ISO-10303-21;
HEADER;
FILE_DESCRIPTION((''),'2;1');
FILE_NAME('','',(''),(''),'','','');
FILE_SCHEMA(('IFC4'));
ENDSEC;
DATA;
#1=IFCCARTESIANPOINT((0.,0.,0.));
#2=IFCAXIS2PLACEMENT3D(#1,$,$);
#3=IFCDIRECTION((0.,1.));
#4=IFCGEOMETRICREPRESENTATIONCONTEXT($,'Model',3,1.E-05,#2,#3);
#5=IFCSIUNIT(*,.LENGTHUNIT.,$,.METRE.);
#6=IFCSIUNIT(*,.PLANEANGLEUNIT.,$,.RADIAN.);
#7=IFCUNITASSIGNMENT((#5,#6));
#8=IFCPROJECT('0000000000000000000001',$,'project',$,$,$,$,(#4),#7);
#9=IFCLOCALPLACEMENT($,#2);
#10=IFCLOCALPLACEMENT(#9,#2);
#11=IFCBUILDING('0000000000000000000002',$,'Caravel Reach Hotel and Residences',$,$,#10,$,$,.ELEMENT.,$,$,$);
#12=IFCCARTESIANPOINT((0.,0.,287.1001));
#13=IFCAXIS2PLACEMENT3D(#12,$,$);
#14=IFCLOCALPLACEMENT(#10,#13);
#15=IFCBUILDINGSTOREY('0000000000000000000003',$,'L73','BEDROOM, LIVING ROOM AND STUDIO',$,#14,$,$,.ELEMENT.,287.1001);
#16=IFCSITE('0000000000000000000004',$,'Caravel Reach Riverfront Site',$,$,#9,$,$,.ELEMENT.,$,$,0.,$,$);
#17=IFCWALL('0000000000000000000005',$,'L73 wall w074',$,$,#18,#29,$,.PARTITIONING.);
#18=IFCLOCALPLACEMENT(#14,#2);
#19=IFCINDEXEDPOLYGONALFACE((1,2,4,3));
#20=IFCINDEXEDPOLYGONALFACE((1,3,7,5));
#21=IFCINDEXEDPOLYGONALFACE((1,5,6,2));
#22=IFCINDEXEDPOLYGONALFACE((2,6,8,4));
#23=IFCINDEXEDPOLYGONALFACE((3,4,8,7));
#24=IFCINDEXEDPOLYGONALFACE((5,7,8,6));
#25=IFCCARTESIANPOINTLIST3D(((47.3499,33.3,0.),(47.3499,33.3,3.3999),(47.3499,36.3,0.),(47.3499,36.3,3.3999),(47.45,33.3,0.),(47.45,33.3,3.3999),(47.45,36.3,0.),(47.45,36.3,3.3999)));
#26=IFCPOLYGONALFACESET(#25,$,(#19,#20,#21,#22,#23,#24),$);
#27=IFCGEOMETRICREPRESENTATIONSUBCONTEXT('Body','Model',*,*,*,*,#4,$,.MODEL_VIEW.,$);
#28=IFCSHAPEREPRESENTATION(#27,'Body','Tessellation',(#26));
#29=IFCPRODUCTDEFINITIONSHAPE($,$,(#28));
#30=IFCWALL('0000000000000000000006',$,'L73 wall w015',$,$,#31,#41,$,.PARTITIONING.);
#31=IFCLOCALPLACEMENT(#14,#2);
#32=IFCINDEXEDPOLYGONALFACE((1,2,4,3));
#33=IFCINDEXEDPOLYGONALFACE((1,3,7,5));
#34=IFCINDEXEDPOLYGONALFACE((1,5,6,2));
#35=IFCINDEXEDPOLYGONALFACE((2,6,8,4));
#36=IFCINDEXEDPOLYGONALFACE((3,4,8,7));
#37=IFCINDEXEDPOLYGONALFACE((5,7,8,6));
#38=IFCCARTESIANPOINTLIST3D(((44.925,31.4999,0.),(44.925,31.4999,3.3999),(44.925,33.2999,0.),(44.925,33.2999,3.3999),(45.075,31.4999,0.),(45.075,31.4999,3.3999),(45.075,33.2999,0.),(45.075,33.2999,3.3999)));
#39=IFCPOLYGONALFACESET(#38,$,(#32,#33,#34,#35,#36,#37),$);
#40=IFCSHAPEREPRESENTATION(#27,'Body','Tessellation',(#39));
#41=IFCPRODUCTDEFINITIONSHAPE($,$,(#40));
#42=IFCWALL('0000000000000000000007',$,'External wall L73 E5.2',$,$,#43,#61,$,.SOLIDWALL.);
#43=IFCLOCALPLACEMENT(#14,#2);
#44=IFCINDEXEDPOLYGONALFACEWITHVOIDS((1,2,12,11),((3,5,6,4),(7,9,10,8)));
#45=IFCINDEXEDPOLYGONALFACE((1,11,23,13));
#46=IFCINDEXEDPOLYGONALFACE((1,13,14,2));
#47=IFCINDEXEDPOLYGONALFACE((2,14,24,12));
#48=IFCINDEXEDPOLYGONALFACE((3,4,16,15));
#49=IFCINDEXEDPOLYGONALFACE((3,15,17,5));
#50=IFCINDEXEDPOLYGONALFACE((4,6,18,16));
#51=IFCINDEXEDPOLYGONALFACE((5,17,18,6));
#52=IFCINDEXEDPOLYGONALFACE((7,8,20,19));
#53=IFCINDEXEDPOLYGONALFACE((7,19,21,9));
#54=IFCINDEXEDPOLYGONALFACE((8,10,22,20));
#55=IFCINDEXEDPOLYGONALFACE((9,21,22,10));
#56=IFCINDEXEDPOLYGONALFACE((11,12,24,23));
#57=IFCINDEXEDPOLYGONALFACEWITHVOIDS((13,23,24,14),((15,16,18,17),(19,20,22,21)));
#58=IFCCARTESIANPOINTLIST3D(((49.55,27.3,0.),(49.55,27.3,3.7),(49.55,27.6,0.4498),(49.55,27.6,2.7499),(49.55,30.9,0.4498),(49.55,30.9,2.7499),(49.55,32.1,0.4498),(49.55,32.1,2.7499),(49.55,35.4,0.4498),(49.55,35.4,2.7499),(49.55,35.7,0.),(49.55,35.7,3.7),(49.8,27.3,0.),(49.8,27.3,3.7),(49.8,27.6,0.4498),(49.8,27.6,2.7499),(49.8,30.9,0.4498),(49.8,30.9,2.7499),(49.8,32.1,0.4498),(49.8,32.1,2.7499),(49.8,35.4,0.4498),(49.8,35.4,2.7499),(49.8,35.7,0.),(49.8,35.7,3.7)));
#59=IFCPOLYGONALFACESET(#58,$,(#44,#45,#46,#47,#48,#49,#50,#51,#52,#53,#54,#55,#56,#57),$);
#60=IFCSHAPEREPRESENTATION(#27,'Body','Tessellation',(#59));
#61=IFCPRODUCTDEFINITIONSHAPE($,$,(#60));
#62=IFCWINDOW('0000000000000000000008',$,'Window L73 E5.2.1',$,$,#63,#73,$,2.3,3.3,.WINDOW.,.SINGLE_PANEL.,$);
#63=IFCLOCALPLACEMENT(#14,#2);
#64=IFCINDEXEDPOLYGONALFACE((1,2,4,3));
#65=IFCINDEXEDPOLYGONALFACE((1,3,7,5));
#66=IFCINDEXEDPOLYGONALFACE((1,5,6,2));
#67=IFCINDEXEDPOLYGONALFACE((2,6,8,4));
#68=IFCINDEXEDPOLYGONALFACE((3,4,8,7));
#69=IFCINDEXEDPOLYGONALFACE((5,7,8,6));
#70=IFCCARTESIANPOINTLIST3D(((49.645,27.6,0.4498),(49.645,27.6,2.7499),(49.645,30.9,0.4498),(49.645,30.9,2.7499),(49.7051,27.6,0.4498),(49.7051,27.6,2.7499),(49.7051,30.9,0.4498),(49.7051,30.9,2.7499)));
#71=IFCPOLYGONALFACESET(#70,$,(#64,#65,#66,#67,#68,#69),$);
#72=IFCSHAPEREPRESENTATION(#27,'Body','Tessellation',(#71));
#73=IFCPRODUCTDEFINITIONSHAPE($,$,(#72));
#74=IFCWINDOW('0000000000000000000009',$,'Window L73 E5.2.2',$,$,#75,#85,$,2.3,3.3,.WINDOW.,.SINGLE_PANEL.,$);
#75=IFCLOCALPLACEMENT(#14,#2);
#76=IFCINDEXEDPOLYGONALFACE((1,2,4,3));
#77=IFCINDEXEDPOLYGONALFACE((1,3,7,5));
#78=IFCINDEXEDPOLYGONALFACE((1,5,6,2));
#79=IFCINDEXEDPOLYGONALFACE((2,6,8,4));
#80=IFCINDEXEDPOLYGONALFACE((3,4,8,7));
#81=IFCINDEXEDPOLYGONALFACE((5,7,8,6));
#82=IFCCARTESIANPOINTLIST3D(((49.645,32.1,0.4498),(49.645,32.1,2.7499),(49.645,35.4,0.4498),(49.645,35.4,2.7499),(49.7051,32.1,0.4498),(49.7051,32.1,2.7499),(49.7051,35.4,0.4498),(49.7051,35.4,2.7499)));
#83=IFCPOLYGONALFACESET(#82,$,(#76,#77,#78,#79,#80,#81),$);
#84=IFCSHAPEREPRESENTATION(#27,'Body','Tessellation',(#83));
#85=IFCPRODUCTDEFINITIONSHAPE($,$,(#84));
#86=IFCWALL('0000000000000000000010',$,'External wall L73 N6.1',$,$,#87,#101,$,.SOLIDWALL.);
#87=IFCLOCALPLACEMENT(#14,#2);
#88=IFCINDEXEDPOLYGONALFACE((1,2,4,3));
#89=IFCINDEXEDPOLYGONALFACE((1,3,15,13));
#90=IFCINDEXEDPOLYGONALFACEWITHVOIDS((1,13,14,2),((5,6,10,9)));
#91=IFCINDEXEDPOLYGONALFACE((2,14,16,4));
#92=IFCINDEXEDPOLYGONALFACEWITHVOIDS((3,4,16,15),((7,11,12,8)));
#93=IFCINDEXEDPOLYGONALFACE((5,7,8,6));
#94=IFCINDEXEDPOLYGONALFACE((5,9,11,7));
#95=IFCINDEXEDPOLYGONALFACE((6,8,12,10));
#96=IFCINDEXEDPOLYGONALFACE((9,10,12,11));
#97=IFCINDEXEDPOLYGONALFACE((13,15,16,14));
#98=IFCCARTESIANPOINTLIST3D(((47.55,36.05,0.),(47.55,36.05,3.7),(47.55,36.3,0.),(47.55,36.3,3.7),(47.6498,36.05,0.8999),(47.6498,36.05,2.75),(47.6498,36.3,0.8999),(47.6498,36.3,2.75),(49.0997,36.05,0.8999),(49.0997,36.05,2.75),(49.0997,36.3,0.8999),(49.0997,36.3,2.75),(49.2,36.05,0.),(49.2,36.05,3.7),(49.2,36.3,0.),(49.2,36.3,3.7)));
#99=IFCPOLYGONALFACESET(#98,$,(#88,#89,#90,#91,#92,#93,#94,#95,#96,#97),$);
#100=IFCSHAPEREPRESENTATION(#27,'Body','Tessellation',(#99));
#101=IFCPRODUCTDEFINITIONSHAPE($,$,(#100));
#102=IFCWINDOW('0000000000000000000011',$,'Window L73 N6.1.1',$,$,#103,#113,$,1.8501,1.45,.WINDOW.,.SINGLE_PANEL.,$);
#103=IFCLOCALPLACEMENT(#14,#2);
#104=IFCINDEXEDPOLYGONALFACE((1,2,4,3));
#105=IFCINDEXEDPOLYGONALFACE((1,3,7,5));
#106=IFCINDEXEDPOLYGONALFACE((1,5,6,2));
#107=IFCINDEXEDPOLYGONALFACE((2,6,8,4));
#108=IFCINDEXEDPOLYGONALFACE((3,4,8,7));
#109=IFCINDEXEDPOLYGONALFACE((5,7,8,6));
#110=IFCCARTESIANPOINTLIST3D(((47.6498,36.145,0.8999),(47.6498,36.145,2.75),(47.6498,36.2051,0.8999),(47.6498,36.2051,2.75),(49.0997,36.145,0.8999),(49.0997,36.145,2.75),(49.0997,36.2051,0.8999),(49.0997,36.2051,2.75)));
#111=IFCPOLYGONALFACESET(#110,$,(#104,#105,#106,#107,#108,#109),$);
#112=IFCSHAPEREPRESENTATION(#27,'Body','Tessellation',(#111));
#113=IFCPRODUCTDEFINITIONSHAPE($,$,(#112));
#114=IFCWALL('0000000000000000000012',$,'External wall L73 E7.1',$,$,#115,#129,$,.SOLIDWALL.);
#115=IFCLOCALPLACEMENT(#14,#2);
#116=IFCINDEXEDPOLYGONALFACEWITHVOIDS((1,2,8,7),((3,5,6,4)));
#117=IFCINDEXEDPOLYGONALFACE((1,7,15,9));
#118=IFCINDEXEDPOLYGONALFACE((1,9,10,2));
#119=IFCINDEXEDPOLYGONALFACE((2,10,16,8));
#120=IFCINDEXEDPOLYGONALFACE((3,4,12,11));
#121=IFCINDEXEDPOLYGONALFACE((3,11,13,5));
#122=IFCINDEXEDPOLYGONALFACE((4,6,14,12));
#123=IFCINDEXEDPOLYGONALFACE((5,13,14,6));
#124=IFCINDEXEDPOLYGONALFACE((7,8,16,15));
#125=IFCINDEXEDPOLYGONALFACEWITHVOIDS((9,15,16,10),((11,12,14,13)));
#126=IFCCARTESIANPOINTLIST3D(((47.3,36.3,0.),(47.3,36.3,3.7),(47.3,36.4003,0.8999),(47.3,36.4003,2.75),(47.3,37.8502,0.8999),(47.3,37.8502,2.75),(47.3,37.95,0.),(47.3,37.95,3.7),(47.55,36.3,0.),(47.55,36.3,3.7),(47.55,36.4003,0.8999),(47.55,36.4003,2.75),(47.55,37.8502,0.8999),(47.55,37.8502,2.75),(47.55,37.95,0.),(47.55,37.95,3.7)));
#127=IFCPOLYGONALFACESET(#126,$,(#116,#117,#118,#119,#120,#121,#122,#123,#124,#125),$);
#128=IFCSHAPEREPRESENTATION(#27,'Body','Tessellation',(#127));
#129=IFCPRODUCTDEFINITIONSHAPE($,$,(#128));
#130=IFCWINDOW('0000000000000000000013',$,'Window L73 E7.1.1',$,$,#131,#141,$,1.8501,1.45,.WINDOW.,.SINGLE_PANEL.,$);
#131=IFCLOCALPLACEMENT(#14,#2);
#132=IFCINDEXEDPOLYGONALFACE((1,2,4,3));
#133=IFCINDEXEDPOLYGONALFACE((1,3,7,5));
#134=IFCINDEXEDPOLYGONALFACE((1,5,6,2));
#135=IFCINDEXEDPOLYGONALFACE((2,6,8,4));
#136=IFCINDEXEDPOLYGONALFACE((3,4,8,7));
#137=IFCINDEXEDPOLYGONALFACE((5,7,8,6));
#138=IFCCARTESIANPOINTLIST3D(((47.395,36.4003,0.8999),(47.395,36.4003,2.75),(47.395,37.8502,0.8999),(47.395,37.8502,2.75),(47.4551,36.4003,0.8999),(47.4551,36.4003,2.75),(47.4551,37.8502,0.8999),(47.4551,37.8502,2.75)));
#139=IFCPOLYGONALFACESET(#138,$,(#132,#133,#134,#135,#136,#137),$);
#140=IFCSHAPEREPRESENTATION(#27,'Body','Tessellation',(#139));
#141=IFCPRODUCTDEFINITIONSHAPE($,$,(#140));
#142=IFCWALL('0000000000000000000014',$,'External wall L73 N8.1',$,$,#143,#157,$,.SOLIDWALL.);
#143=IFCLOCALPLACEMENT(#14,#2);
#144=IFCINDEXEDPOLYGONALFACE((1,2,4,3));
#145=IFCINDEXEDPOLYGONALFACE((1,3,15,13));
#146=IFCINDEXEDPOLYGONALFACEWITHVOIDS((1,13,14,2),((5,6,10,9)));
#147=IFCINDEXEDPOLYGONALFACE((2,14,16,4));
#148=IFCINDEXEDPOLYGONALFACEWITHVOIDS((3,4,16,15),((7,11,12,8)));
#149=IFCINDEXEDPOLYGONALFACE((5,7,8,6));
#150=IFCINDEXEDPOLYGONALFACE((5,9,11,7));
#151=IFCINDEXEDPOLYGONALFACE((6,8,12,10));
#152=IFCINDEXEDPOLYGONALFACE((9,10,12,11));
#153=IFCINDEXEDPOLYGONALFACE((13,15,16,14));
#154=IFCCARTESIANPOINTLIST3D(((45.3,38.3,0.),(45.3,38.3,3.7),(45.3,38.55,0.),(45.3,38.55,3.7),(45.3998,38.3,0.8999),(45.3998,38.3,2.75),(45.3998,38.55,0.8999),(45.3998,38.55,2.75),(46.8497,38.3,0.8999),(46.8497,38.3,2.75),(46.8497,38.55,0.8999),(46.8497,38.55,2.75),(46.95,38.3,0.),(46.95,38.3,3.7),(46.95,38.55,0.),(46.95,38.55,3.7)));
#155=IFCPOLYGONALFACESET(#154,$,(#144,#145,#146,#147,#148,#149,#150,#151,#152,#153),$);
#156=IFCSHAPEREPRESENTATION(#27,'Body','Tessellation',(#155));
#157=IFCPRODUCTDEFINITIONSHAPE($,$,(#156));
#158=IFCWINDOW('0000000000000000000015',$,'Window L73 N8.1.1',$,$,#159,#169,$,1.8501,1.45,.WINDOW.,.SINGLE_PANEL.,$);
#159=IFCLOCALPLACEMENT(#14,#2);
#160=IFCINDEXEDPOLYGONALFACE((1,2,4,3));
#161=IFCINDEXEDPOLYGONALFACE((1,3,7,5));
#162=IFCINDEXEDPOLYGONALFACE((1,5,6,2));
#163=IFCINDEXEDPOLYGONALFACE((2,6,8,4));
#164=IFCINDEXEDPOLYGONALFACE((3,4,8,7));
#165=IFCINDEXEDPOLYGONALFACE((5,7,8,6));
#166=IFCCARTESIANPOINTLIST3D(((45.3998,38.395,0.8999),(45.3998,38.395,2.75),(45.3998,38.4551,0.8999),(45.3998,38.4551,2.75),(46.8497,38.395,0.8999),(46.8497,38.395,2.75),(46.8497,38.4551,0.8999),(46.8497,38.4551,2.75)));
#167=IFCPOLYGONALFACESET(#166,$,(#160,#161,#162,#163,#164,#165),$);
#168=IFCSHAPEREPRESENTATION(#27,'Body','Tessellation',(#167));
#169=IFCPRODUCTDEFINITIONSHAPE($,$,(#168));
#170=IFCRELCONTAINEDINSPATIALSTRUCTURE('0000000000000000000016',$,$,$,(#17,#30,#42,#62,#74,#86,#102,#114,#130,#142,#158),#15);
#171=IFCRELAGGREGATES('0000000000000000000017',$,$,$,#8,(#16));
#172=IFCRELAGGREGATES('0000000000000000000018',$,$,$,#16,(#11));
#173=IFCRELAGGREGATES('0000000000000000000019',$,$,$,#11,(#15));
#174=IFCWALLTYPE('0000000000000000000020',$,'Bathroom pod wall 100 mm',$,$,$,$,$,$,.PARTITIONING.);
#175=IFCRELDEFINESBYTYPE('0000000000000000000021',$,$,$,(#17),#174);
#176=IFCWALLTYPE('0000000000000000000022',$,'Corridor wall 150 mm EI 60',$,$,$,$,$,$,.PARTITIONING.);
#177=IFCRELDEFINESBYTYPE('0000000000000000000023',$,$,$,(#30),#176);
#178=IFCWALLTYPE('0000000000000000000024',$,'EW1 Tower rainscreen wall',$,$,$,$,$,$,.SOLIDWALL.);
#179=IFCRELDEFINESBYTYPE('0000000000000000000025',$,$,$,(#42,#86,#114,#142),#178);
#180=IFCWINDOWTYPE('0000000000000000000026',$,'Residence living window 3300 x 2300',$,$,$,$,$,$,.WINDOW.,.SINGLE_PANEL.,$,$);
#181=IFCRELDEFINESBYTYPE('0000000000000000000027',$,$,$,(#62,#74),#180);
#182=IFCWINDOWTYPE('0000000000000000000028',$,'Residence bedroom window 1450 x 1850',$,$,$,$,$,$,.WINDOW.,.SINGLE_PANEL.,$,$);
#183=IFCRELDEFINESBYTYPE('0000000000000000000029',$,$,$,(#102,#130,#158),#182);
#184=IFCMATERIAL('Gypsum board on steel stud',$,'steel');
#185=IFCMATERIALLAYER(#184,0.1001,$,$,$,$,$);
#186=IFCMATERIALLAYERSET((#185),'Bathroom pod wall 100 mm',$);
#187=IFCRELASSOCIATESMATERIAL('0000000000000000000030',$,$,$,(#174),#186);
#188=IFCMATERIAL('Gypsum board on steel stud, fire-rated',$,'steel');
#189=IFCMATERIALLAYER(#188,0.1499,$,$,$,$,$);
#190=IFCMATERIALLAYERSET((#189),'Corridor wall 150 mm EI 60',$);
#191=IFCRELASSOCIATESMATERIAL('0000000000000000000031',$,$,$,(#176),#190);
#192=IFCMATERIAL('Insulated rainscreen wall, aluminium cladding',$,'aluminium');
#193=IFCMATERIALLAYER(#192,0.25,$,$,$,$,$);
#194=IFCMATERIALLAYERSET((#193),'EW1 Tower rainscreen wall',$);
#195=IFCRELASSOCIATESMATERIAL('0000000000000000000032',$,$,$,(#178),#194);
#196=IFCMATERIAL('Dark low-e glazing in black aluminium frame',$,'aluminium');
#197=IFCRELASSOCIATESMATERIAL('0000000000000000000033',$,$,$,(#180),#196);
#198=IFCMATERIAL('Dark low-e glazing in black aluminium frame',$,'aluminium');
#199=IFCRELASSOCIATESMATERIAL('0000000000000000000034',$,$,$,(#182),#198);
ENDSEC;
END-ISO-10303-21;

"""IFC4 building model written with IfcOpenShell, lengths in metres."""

from ifc_helpers import new_model, si_unit, direction, frame, frame_2d, origin, place, context, subcontext, project, spatial, rectangle, extrude, material, layer, layer_set, type_object, element, fill, save


model = new_model("IFC4")

# Units and contexts
model_context = context("Model", 3, precision=1e-05, world=origin(), true_north=direction((0.0, 1.0)))
body_context = subcontext(model_context, "Body", "Model", "MODEL_VIEW")
ifc_project = project(units=[si_unit("LENGTHUNIT", "METRE"), si_unit("PLANEANGLEUNIT", "RADIAN")], contexts=[model_context])

# Site, building, storey
site_placement = place(None, origin())
site = spatial("IfcSite", under=ifc_project, at=site_placement, Name="Caravel Reach Riverfront Site", CompositionType="ELEMENT", RefElevation=0.0)
building_placement = place(site_placement, origin())
building = spatial("IfcBuilding", under=site, at=building_placement, Name="Caravel Reach Hotel and Residences", CompositionType="ELEMENT")
storey_placement = place(building_placement, frame((0.0, 0.0, 287.1001)))
storey = spatial("IfcBuildingStorey", under=building, at=storey_placement, Name="L73", Description="BEDROOM, LIVING ROOM AND STUDIO", CompositionType="ELEMENT", Elevation=287.1001)

# Shared definitions
ifc_material_1 = material(Name="Gypsum board on steel stud", Category="steel")
ifc_layer_1 = layer(ifc_material_1, 0.1001)
ifc_layer_set_1 = layer_set([ifc_layer_1], Name="Bathroom pod wall 100 mm")
wall_type_1 = type_object("IfcWallType", Name="Bathroom pod wall 100 mm", PredefinedType="PARTITIONING", material=ifc_layer_set_1)

# Walls
wall_1_placement = place(storey_placement, frame((47.3999, 33.3, 0.0), z_axis=(0.0, 0.0, 1.0), x_axis=(0.0, 1.0, 0.0)))
element("IfcWall", 1, at=wall_1_placement, inside=storey, type_object=wall_type_1, Name="L73 wall w074", PredefinedType="PARTITIONING", context=body_context, shape_type="SweptSolid", body=[
    extrude(rectangle(XDim=3.0, YDim=0.1001, at=frame_2d((1.5, 0.0))), origin(), (0.0, 0.0, 1.0), 3.3999),
])
ifc_material_2 = material(Name="Gypsum board on steel stud, fire-rated", Category="steel")
ifc_layer_2 = layer(ifc_material_2, 0.1499)
ifc_layer_set_2 = layer_set([ifc_layer_2], Name="Corridor wall 150 mm EI 60")
wall_type_2 = type_object("IfcWallType", Name="Corridor wall 150 mm EI 60", PredefinedType="PARTITIONING", material=ifc_layer_set_2)
wall_2_placement = place(storey_placement, frame((45.0, 31.5, 0.0), z_axis=(0.0, 0.0, 1.0), x_axis=(0.0, 1.0, 0.0)))
element("IfcWall", 2, at=wall_2_placement, inside=storey, type_object=wall_type_2, Name="L73 wall w015", PredefinedType="PARTITIONING", context=body_context, shape_type="SweptSolid", body=[
    extrude(rectangle(XDim=1.8, YDim=0.1499, at=frame_2d((0.8999, 0.0))), origin(), (0.0, 0.0, 1.0), 3.3999),
])

# Wall, openings, windows
ifc_material_3 = material(Name="Insulated rainscreen wall, aluminium cladding", Category="aluminium")
ifc_layer_3 = layer(ifc_material_3, 0.25)
ifc_layer_set_3 = layer_set([ifc_layer_3], Name="EW1 Tower rainscreen wall")
wall_type_3 = type_object("IfcWallType", Name="EW1 Tower rainscreen wall", PredefinedType="SOLIDWALL", material=ifc_layer_set_3)
wall_3_placement = place(storey_placement, frame((49.675, 27.3, 0.0), z_axis=(0.0, 0.0, 1.0), x_axis=(0.0, 1.0, 0.0)))
wall_3 = element("IfcWall", 3, at=wall_3_placement, inside=storey, type_object=wall_type_3, Name="External wall L73 E5.2", PredefinedType="SOLIDWALL", context=body_context, shape_type="SweptSolid", body=[
    extrude(rectangle(XDim=8.3999, YDim=0.25, at=frame_2d((4.2, 0.0))), origin(), (0.0, 0.0, 1.0), 3.7),
])
opening_1_placement = place(wall_3_placement, frame((0.3, 0.0, 0.45)))
opening_1 = element("IfcOpeningElement", 4, at=opening_1_placement, cuts=wall_3, PredefinedType="OPENING", context=body_context, shape_type="SweptSolid", body=[
    extrude(rectangle(XDim=3.3, YDim=2.3, at=frame_2d((1.6499, 1.1499))), frame((0.0, 0.135, 0.0), z_axis=(0.0, -1.0, 0.0), x_axis=(1.0, 0.0, 0.0)), (0.0, 0.0, 1.0), 0.27),
])
opening_2_placement = place(wall_3_placement, frame((4.8, 0.0, 0.45)))
opening_2 = element("IfcOpeningElement", 5, at=opening_2_placement, cuts=wall_3, PredefinedType="OPENING", context=body_context, shape_type="SweptSolid", body=[
    extrude(rectangle(XDim=3.3, YDim=2.3, at=frame_2d((1.6499, 1.1499))), frame((0.0, 0.135, 0.0), z_axis=(0.0, -1.0, 0.0), x_axis=(1.0, 0.0, 0.0)), (0.0, 0.0, 1.0), 0.27),
])
ifc_material_4 = material(Name="Dark low-e glazing in black aluminium frame", Category="aluminium")
window_type_1 = type_object("IfcWindowType", Name="Residence living window 3300 x 2300", PartitioningType="SINGLE_PANEL", PredefinedType="WINDOW", material=ifc_material_4)
window_1_placement = place(opening_1_placement, origin())
window_1 = element("IfcWindow", 6, at=window_1_placement, inside=storey, type_object=window_type_1, Name="Window L73 E5.2.1", OverallHeight=2.3, OverallWidth=3.3, PartitioningType="SINGLE_PANEL", PredefinedType="WINDOW", context=body_context, shape_type="SweptSolid", body=[
    extrude(rectangle(XDim=3.3, YDim=2.3, at=frame_2d((1.6499, 1.1499))), frame((0.0, 0.03, 0.0), z_axis=(0.0, -1.0, 0.0), x_axis=(1.0, 0.0, 0.0)), (0.0, 0.0, 1.0), 0.0601),
])
fill(opening_1, window_1)
window_2_placement = place(opening_2_placement, origin())
window_2 = element("IfcWindow", 7, at=window_2_placement, inside=storey, type_object=window_type_1, Name="Window L73 E5.2.2", OverallHeight=2.3, OverallWidth=3.3, PartitioningType="SINGLE_PANEL", PredefinedType="WINDOW", context=body_context, shape_type="SweptSolid", body=[
    extrude(rectangle(XDim=3.3, YDim=2.3, at=frame_2d((1.6499, 1.1499))), frame((0.0, 0.03, 0.0), z_axis=(0.0, -1.0, 0.0), x_axis=(1.0, 0.0, 0.0)), (0.0, 0.0, 1.0), 0.0601),
])
fill(opening_2, window_2)

# Walls, openings, windows
wall_4_placement = place(storey_placement, frame((49.2, 36.175, 0.0), z_axis=(0.0, 0.0, 1.0), x_axis=(-1.0, 0.0, 0.0)))
wall_4 = element("IfcWall", 8, at=wall_4_placement, inside=storey, type_object=wall_type_3, Name="External wall L73 N6.1", PredefinedType="SOLIDWALL", context=body_context, shape_type="SweptSolid", body=[
    extrude(rectangle(XDim=1.6499, YDim=0.25, at=frame_2d((0.825, 0.0))), origin(), (0.0, 0.0, 1.0), 3.7),
])
opening_3_placement = place(wall_4_placement, frame((0.1001, 0.0, 0.8999)))
opening_3 = element("IfcOpeningElement", 9, at=opening_3_placement, cuts=wall_4, PredefinedType="OPENING", context=body_context, shape_type="SweptSolid", body=[
    extrude(rectangle(XDim=1.45, YDim=1.8501, at=frame_2d((0.7251, 0.925))), frame((0.0, 0.135, 0.0), z_axis=(0.0, -1.0, 0.0), x_axis=(1.0, 0.0, 0.0)), (0.0, 0.0, 1.0), 0.27),
])
ifc_material_5 = material(Name="Dark low-e glazing in black aluminium frame", Category="aluminium")
window_type_2 = type_object("IfcWindowType", Name="Residence bedroom window 1450 x 1850", PartitioningType="SINGLE_PANEL", PredefinedType="WINDOW", material=ifc_material_5)
window_3_placement = place(opening_3_placement, origin())
window_3 = element("IfcWindow", 10, at=window_3_placement, inside=storey, type_object=window_type_2, Name="Window L73 N6.1.1", OverallHeight=1.8501, OverallWidth=1.45, PartitioningType="SINGLE_PANEL", PredefinedType="WINDOW", context=body_context, shape_type="SweptSolid", body=[
    extrude(rectangle(XDim=1.45, YDim=1.8501, at=frame_2d((0.7251, 0.925))), frame((0.0, 0.03, 0.0), z_axis=(0.0, -1.0, 0.0), x_axis=(1.0, 0.0, 0.0)), (0.0, 0.0, 1.0), 0.0601),
])
fill(opening_3, window_3)
wall_5_placement = place(storey_placement, frame((47.425, 36.3, 0.0), z_axis=(0.0, 0.0, 1.0), x_axis=(0.0, 1.0, 0.0)))
wall_5 = element("IfcWall", 11, at=wall_5_placement, inside=storey, type_object=wall_type_3, Name="External wall L73 E7.1", PredefinedType="SOLIDWALL", context=body_context, shape_type="SweptSolid", body=[
    extrude(rectangle(XDim=1.6499, YDim=0.25, at=frame_2d((0.825, 0.0))), origin(), (0.0, 0.0, 1.0), 3.7),
])
opening_4_placement = place(wall_5_placement, frame((0.1001, 0.0, 0.8999)))
opening_4 = element("IfcOpeningElement", 12, at=opening_4_placement, cuts=wall_5, PredefinedType="OPENING", context=body_context, shape_type="SweptSolid", body=[
    extrude(rectangle(XDim=1.45, YDim=1.8501, at=frame_2d((0.7251, 0.925))), frame((0.0, 0.135, 0.0), z_axis=(0.0, -1.0, 0.0), x_axis=(1.0, 0.0, 0.0)), (0.0, 0.0, 1.0), 0.27),
])
window_4_placement = place(opening_4_placement, origin())
window_4 = element("IfcWindow", 13, at=window_4_placement, inside=storey, type_object=window_type_2, Name="Window L73 E7.1.1", OverallHeight=1.8501, OverallWidth=1.45, PartitioningType="SINGLE_PANEL", PredefinedType="WINDOW", context=body_context, shape_type="SweptSolid", body=[
    extrude(rectangle(XDim=1.45, YDim=1.8501, at=frame_2d((0.7251, 0.925))), frame((0.0, 0.03, 0.0), z_axis=(0.0, -1.0, 0.0), x_axis=(1.0, 0.0, 0.0)), (0.0, 0.0, 1.0), 0.0601),
])
fill(opening_4, window_4)
wall_6_placement = place(storey_placement, frame((46.95, 38.425, 0.0), z_axis=(0.0, 0.0, 1.0), x_axis=(-1.0, 0.0, 0.0)))
wall_6 = element("IfcWall", 14, at=wall_6_placement, inside=storey, type_object=wall_type_3, Name="External wall L73 N8.1", PredefinedType="SOLIDWALL", context=body_context, shape_type="SweptSolid", body=[
    extrude(rectangle(XDim=1.6499, YDim=0.25, at=frame_2d((0.825, 0.0))), origin(), (0.0, 0.0, 1.0), 3.7),
])
opening_5_placement = place(wall_6_placement, frame((0.1001, 0.0, 0.8999)))
opening_5 = element("IfcOpeningElement", 15, at=opening_5_placement, cuts=wall_6, PredefinedType="OPENING", context=body_context, shape_type="SweptSolid", body=[
    extrude(rectangle(XDim=1.45, YDim=1.8501, at=frame_2d((0.7251, 0.925))), frame((0.0, 0.135, 0.0), z_axis=(0.0, -1.0, 0.0), x_axis=(1.0, 0.0, 0.0)), (0.0, 0.0, 1.0), 0.27),
])
window_5_placement = place(opening_5_placement, origin())
window_5 = element("IfcWindow", 16, at=window_5_placement, inside=storey, type_object=window_type_2, Name="Window L73 N8.1.1", OverallHeight=1.8501, OverallWidth=1.45, PartitioningType="SINGLE_PANEL", PredefinedType="WINDOW", context=body_context, shape_type="SweptSolid", body=[
    extrude(rectangle(XDim=1.45, YDim=1.8501, at=frame_2d((0.7251, 0.925))), frame((0.0, 0.03, 0.0), z_axis=(0.0, -1.0, 0.0), x_axis=(1.0, 0.0, 0.0)), (0.0, 0.0, 1.0), 0.0601),
])
fill(opening_5, window_5)

save(model, "model.ifc")
